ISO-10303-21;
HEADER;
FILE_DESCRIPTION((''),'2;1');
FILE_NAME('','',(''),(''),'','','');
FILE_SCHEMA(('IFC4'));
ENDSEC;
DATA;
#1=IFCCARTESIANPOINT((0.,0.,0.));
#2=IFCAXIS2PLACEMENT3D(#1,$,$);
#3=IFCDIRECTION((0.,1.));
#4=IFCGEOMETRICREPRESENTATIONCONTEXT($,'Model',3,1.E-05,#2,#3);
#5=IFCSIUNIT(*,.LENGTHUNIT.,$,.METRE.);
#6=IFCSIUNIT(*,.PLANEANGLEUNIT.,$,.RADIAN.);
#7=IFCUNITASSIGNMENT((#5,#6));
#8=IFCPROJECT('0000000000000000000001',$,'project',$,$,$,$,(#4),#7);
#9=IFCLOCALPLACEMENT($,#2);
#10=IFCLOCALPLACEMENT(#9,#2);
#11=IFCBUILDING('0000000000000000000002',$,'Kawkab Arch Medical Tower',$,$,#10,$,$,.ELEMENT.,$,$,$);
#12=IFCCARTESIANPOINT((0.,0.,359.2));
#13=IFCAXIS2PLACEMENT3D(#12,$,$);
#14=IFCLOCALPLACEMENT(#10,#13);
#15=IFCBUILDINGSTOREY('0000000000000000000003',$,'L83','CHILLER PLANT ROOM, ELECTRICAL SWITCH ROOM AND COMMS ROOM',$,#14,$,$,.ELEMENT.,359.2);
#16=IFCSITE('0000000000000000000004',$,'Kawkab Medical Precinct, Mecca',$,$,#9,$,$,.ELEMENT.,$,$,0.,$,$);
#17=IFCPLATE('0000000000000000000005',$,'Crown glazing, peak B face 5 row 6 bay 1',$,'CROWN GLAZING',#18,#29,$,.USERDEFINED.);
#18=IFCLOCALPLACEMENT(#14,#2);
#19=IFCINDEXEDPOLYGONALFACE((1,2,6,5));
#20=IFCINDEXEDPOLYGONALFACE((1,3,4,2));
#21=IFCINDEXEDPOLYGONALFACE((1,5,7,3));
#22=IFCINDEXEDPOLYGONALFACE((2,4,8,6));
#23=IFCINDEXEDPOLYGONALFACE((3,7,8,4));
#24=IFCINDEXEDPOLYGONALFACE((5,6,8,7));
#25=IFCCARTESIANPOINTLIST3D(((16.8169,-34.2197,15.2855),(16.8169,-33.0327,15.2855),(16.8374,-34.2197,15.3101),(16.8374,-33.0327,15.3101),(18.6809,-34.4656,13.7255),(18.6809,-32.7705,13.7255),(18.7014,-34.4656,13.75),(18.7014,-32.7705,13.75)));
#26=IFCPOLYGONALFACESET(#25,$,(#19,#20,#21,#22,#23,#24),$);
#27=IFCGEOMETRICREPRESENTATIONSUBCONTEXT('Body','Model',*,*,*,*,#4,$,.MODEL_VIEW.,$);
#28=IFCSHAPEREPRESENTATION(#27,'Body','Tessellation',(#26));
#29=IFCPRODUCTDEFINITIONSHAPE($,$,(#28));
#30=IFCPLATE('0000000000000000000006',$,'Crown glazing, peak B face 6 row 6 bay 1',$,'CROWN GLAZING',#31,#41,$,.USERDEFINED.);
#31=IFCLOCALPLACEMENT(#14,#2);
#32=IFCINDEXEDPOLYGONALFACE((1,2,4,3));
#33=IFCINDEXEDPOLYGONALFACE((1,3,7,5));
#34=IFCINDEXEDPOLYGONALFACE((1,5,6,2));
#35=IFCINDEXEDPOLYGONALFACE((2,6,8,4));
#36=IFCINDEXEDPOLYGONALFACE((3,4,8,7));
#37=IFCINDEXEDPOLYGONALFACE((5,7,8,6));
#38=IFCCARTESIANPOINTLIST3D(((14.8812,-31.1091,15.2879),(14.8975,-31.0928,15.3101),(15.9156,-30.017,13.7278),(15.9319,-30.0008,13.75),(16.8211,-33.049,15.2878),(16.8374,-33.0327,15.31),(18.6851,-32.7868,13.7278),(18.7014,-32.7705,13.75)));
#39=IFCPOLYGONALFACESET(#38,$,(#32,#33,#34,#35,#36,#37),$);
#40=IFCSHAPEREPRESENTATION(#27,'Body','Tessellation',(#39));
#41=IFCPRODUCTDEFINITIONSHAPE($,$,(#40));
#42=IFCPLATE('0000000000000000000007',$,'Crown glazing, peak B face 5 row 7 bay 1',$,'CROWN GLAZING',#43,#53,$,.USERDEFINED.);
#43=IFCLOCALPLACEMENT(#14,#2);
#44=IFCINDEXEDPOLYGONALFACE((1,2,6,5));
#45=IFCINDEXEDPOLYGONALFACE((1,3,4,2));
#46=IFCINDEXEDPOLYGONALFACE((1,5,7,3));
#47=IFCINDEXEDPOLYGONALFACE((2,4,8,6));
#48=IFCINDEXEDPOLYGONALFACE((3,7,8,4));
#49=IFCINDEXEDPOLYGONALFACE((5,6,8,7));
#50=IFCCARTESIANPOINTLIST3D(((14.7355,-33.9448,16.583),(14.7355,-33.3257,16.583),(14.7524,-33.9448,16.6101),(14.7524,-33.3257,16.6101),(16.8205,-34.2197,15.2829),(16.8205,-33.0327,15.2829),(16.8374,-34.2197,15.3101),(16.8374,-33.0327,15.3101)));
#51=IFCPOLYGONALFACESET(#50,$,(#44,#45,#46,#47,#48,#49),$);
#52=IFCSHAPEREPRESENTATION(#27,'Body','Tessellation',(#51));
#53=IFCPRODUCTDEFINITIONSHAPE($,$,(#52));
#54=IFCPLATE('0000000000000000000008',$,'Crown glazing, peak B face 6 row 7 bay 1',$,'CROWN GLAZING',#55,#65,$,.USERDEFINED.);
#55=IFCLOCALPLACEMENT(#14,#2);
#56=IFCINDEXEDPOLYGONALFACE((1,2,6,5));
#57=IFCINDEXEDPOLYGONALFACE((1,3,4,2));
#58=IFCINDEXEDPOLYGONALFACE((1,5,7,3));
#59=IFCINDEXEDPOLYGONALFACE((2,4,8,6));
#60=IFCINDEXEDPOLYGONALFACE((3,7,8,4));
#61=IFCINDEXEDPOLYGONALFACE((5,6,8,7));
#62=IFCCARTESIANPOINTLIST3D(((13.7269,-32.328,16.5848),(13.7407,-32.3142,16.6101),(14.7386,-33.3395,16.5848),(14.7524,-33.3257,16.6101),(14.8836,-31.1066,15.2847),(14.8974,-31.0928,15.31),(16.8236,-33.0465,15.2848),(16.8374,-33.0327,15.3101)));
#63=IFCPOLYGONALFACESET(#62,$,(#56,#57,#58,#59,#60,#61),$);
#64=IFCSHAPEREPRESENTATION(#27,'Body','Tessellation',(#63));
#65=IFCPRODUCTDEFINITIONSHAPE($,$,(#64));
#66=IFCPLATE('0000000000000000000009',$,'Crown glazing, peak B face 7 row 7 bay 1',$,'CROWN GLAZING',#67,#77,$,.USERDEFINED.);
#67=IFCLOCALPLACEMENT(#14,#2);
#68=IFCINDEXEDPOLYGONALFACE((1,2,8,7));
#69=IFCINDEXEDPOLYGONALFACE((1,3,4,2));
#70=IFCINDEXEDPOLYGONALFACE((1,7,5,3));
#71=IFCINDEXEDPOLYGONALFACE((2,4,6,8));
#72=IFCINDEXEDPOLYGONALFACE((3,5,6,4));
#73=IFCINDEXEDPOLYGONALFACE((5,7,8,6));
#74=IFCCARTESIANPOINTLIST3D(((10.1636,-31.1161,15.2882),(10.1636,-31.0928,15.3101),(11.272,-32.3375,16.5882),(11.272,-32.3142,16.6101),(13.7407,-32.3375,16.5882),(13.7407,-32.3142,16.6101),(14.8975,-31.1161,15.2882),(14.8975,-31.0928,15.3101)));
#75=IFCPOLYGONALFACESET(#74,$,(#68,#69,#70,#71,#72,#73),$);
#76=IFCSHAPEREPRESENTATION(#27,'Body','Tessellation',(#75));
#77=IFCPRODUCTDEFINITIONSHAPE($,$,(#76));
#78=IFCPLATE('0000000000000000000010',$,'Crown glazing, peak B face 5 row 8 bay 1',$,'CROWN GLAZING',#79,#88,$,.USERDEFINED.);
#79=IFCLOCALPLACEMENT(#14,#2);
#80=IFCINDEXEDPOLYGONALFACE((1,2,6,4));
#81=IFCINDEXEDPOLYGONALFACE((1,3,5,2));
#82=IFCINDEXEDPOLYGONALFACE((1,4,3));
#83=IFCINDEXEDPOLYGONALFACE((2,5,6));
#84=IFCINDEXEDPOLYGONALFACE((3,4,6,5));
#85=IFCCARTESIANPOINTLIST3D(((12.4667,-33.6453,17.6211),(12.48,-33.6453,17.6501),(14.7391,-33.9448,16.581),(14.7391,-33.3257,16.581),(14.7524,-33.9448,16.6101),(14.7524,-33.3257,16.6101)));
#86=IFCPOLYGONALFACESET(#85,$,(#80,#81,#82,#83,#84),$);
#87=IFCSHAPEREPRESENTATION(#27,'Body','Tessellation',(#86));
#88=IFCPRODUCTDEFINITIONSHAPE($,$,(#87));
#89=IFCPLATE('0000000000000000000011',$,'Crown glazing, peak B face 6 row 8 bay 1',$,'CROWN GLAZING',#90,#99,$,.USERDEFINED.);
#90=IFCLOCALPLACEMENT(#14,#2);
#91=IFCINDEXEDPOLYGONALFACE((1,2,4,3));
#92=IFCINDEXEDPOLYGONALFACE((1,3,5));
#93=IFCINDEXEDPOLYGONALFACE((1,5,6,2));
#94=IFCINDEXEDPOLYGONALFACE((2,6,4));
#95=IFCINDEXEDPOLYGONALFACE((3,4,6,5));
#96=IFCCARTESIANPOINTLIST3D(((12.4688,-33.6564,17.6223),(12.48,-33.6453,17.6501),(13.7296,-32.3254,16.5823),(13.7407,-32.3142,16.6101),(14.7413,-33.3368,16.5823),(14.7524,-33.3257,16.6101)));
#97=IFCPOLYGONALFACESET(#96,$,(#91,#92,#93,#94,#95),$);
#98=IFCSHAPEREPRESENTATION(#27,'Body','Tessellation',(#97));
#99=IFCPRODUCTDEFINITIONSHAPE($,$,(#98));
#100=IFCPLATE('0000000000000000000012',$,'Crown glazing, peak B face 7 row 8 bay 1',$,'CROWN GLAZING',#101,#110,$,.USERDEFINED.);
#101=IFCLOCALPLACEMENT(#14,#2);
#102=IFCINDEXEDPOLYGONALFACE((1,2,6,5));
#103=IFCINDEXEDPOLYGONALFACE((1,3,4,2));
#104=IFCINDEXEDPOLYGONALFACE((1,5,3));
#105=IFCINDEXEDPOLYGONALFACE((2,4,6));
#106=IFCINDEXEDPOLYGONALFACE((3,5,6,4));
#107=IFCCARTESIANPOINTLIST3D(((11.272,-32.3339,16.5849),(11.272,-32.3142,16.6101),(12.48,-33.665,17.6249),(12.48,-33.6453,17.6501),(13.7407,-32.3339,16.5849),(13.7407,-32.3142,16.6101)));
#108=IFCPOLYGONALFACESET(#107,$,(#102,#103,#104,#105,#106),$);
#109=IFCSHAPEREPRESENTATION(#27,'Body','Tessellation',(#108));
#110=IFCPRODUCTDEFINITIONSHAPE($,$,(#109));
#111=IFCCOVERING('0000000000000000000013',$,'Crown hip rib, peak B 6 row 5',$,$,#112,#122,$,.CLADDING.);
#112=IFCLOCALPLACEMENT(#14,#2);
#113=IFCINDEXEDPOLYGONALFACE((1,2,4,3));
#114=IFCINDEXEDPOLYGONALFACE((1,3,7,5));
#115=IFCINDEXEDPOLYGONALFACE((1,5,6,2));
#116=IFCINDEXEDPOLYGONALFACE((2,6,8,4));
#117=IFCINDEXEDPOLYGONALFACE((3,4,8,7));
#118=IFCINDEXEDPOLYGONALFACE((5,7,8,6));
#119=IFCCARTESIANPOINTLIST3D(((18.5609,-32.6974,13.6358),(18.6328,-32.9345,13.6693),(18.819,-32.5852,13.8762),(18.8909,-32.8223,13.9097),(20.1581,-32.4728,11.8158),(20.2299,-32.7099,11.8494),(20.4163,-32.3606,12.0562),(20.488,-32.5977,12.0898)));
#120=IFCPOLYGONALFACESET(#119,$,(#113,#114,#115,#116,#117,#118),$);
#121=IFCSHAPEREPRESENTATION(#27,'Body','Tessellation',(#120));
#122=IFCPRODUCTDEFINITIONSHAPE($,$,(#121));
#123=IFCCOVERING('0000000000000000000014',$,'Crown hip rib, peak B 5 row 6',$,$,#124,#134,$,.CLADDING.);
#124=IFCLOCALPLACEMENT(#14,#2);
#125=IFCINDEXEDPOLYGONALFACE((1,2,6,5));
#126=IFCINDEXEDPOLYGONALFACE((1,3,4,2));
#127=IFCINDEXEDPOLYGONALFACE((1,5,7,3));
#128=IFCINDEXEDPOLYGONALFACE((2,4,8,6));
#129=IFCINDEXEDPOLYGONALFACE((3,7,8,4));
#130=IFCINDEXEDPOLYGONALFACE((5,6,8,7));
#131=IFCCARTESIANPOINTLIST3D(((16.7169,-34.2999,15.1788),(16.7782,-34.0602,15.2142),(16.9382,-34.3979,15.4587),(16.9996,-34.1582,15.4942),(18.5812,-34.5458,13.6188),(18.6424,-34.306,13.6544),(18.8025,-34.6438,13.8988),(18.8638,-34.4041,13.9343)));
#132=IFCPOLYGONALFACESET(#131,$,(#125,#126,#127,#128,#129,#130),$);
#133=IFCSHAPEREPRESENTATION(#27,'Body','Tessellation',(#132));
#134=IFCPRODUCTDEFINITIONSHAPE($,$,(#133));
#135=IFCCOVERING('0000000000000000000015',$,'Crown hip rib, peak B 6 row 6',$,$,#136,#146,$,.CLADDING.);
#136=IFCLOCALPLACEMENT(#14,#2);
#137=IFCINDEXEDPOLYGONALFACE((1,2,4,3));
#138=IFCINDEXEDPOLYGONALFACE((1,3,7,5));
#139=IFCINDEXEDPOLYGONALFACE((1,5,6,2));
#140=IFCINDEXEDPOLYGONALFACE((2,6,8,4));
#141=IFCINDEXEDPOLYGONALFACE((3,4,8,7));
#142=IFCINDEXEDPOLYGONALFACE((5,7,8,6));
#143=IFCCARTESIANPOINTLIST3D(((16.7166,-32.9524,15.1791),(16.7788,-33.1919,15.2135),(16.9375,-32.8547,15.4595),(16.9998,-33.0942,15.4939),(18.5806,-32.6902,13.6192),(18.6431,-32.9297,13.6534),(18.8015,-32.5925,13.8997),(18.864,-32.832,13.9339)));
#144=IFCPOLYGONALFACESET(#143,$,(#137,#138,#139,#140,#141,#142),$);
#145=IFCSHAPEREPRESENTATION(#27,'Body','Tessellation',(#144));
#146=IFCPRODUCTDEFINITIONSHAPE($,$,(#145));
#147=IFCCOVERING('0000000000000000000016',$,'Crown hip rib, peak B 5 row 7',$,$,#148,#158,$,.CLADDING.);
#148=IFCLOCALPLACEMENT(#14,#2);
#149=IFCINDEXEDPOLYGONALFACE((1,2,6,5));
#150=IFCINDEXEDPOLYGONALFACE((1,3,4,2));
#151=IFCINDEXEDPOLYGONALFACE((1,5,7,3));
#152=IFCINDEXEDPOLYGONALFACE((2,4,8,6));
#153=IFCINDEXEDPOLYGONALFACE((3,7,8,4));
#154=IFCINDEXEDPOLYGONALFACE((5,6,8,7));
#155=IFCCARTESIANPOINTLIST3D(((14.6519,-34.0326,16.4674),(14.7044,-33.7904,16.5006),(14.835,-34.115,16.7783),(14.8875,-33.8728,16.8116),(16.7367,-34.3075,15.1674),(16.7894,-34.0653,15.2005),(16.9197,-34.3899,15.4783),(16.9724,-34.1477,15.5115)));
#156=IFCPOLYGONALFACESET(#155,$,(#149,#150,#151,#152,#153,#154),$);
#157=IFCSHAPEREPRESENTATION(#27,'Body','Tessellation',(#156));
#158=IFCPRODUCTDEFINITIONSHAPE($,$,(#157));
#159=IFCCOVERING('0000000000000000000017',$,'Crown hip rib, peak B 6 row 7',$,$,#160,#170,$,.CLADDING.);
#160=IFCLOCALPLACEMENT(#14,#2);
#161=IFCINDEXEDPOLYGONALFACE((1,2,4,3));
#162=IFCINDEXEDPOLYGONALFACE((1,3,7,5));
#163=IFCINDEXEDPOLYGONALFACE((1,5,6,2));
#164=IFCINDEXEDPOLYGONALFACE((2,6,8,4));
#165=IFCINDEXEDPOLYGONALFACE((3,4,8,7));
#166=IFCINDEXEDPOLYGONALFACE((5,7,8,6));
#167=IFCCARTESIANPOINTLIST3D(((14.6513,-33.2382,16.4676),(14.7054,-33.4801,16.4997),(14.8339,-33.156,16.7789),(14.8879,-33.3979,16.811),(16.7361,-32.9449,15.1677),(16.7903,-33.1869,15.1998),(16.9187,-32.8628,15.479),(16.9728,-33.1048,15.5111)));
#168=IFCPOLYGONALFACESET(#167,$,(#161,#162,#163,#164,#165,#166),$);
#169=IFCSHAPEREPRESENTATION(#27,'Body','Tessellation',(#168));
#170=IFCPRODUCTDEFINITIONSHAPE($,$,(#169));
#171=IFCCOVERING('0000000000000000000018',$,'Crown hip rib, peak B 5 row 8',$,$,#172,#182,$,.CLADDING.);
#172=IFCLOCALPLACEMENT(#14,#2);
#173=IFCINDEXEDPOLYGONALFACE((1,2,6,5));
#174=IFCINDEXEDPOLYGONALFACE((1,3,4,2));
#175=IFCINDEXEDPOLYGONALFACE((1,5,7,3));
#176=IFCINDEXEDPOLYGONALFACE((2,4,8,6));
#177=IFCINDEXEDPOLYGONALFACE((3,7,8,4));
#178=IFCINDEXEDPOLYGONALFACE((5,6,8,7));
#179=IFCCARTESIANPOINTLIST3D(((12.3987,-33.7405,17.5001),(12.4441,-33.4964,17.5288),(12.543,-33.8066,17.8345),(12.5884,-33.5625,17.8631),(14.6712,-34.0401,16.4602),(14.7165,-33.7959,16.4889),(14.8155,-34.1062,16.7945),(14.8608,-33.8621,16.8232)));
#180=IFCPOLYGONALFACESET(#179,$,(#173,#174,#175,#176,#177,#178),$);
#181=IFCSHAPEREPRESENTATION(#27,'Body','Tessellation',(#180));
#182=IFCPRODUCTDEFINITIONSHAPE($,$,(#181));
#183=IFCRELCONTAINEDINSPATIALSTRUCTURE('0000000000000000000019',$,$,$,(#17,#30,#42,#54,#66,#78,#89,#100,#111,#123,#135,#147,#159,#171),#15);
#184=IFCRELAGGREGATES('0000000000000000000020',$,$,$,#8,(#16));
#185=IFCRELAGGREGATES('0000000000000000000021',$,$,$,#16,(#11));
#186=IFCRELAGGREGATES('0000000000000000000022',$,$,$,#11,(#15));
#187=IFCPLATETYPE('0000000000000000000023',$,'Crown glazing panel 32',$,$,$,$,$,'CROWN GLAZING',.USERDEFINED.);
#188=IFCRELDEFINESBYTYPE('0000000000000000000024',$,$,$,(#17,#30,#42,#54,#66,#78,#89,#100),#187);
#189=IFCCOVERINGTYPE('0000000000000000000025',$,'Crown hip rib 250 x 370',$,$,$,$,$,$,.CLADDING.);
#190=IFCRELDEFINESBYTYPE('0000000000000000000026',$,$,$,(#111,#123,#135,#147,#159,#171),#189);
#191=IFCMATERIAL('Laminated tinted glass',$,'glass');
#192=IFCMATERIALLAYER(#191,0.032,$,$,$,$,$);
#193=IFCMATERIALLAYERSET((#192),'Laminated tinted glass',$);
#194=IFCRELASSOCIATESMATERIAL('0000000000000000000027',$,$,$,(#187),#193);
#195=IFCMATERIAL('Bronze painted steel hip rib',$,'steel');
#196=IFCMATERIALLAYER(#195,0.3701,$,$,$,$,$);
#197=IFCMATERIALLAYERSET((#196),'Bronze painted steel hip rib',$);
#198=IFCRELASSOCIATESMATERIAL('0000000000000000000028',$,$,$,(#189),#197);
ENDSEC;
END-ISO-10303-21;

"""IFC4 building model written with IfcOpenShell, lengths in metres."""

from ifc_helpers import new_model, si_unit, direction, frame, origin, place, context, subcontext, project, spatial, polyline, outline, extrude, material, layer, layer_set, type_object, element, save


model = new_model("IFC4")

# Units and contexts
model_context = context("Model", 3, precision=1e-05, world=origin(), true_north=direction((0.0, 1.0)))
body_context = subcontext(model_context, "Body", "Model", "MODEL_VIEW")
ifc_project = project(units=[si_unit("LENGTHUNIT", "METRE"), si_unit("PLANEANGLEUNIT", "RADIAN")], contexts=[model_context])

# Site, building, storey
site_placement = place(None, origin())
site = spatial("IfcSite", under=ifc_project, at=site_placement, Name="Kawkab Medical Precinct, Mecca", CompositionType="ELEMENT", RefElevation=0.0)
building_placement = place(site_placement, origin())
building = spatial("IfcBuilding", under=site, at=building_placement, Name="Kawkab Arch Medical Tower", CompositionType="ELEMENT")
storey_placement = place(building_placement, frame((0.0, 0.0, 359.2)))
storey = spatial("IfcBuildingStorey", under=building, at=storey_placement, Name="L83", Description="CHILLER PLANT ROOM, ELECTRICAL SWITCH ROOM AND COMMS ROOM", CompositionType="ELEMENT", Elevation=359.2)

# Plates
ifc_material_1 = material(Name="Laminated tinted glass", Category="glass")
ifc_layer_1 = layer(ifc_material_1, 0.032)
ifc_layer_set_1 = layer_set([ifc_layer_1], Name="Laminated tinted glass")
plate_type = type_object("IfcPlateType", Name="Crown glazing panel 32", ElementType="CROWN GLAZING", PredefinedType="USERDEFINED", material=ifc_layer_set_1)
plate_1_placement = place(storey_placement, frame((18.7014, -34.4656, 13.75), z_axis=(0.641813, 0.0, 0.766861), x_axis=(0.0, 1.0, 0.0)))
element("IfcPlate", 1, at=plate_1_placement, inside=storey, type_object=plate_type, Name="Crown glazing, peak B face 5 row 6 bay 1", ObjectType="CROWN GLAZING", PredefinedType="USERDEFINED", context=body_context, shape_type="SweptSolid", body=[
    extrude(outline(polyline([(0.0, 0.0), (1.6951, 0.0), (1.4329, 2.4307), (0.2458, 2.4307), (0.0, 0.0)])), origin(), (0.0, 0.0, -1.0), 0.032),
])
plate_2_placement = place(storey_placement, frame((18.7014, -32.7705, 13.75), z_axis=(0.509147, 0.50912, 0.69395), x_axis=(-0.707082, 0.707131, -0.000009)))
element("IfcPlate", 2, at=plate_2_placement, inside=storey, type_object=plate_type, Name="Crown glazing, peak B face 6 row 6 bay 1", ObjectType="CROWN GLAZING", PredefinedType="USERDEFINED", context=body_context, shape_type="SweptSolid", body=[
    extrude(outline(polyline([(0.0, 0.0), (3.9169, 0.0), (3.8761, 2.1667), (1.1326, 2.1666), (0.0, 0.0)])), origin(), (0.0, 0.0, -1.0), 0.032),
])
plate_3_placement = place(storey_placement, frame((16.8374, -34.2197, 15.3101), z_axis=(0.529105, 0.0, 0.848556), x_axis=(0.0, 1.0, 0.0)))
element("IfcPlate", 3, at=plate_3_placement, inside=storey, type_object=plate_type, Name="Crown glazing, peak B face 5 row 7 bay 1", ObjectType="CROWN GLAZING", PredefinedType="USERDEFINED", context=body_context, shape_type="SweptSolid", body=[
    extrude(outline(polyline([(0.0, 0.0), (1.187, 0.0), (0.894, 2.4571), (0.2749, 2.4571), (0.0, 0.0)])), origin(), (0.0, 0.0, -1.0), 0.032),
])
plate_4_placement = place(storey_placement, frame((16.8374, -33.0327, 15.3101), z_axis=(0.432486, 0.432522, 0.791126), x_axis=(-0.707118, 0.707096, -0.00002)))
element("IfcPlate", 4, at=plate_4_placement, inside=storey, type_object=plate_type, Name="Crown glazing, peak B face 6 row 7 bay 1", ObjectType="CROWN GLAZING", PredefinedType="USERDEFINED", context=body_context, shape_type="SweptSolid", body=[
    extrude(outline(polyline([(0.0, 0.0), (2.7435, 0.0), (2.6977, 2.1256), (1.2671, 2.1254), (0.0, 0.0)])), origin(), (0.0, 0.0, -1.0), 0.032),
])
plate_5_placement = place(storey_placement, frame((14.8975, -31.0928, 15.3101), z_axis=(0.0, 0.728798, 0.684728), x_axis=(-1.0, 0.0, 0.0)))
element("IfcPlate", 5, at=plate_5_placement, inside=storey, type_object=plate_type, Name="Crown glazing, peak B face 7 row 7 bay 1", ObjectType="CROWN GLAZING", PredefinedType="USERDEFINED", context=body_context, shape_type="SweptSolid", body=[
    extrude(outline(polyline([(0.0, 0.0), (4.7339, 0.0), (3.6255, 1.7838), (1.1567, 1.7838), (0.0, 0.0)])), origin(), (0.0, 0.0, -1.0), 0.032),
])
plate_6_placement = place(storey_placement, frame((14.7524, -33.9448, 16.6101), z_axis=(0.416157, 0.0, 0.909293), x_axis=(0.0, 1.0, 0.0)))
element("IfcPlate", 6, at=plate_6_placement, inside=storey, type_object=plate_type, Name="Crown glazing, peak B face 5 row 8 bay 1", ObjectType="CROWN GLAZING", PredefinedType="USERDEFINED", context=body_context, shape_type="SweptSolid", body=[
    extrude(outline(polyline([(0.0, 0.0), (0.6191, 0.0), (0.2996, 2.4992), (0.0, 0.0)])), origin(), (0.0, 0.0, -1.0), 0.032),
])
plate_7_placement = place(storey_placement, frame((14.7524, -33.3257, 16.6101), z_axis=(0.348956, 0.34904, 0.869713), x_axis=(-0.707192, 0.707021, 0.0)))
element("IfcPlate", 7, at=plate_7_placement, inside=storey, type_object=plate_type, Name="Crown glazing, peak B face 6 row 8 bay 1", ObjectType="CROWN GLAZING", PredefinedType="USERDEFINED", context=body_context, shape_type="SweptSolid", body=[
    extrude(outline(polyline([(0.0, 0.0), (1.4306, 0.0), (1.3811, 2.1072), (0.0, 0.0)])), origin(), (0.0, 0.0, -1.0), 0.032),
])
plate_8_placement = place(storey_placement, frame((13.7407, -32.3142, 16.6101), z_axis=(0.0, 0.6157, 0.787981), x_axis=(-1.0, 0.0, 0.0)))
element("IfcPlate", 8, at=plate_8_placement, inside=storey, type_object=plate_type, Name="Crown glazing, peak B face 7 row 8 bay 1", ObjectType="CROWN GLAZING", PredefinedType="USERDEFINED", context=body_context, shape_type="SweptSolid", body=[
    extrude(outline(polyline([(0.0, 0.0), (2.4688, 0.0), (1.2607, 1.6892), (0.0, 0.0)])), origin(), (0.0, 0.0, -1.0), 0.032),
])

# Coverings
ifc_material_2 = material(Name="Bronze painted steel hip rib", Category="steel")
ifc_layer_2 = layer(ifc_material_2, 0.3701)
ifc_layer_set_2 = layer_set([ifc_layer_2], Name="Bronze painted steel hip rib")
covering_type_1 = type_object("IfcCoveringType", Name="Crown hip rib 250 x 370", PredefinedType="CLADDING", material=ifc_layer_set_2)
covering_1_placement = place(storey_placement, frame((20.4163, -32.3606, 12.0562), z_axis=(0.697391, 0.303121, 0.649434), x_axis=(-0.656785, -0.09237, 0.748399)))
element("IfcCovering", 9, at=covering_1_placement, inside=storey, type_object=covering_type_1, Name="Crown hip rib, peak B 6 row 5", PredefinedType="CLADDING", context=body_context, shape_type="SweptSolid", body=[
    extrude(outline(polyline([(0.0, 0.0), (2.4319, 0.0), (2.4317, 0.2499), (0.0, 0.25), (0.0, 0.0)])), origin(), (0.0, 0.0, -1.0), 0.3701),
])
covering_2_placement = place(storey_placement, frame((18.8638, -34.4041, 13.9343), z_axis=(0.598015, -0.264931, 0.756432), x_axis=(-0.763036, 0.100619, 0.638476)))
element("IfcCovering", 10, at=covering_2_placement, inside=storey, type_object=covering_type_1, Name="Crown hip rib, peak B 5 row 6", PredefinedType="CLADDING", context=body_context, shape_type="SweptSolid", body=[
    extrude(outline(polyline([(0.0, 0.0), (2.4431, 0.0), (2.4432, 0.25), (-0.0001, 0.25), (0.0, 0.0)])), origin(), (0.0, 0.0, -1.0), 0.3701),
])
covering_3_placement = place(storey_placement, frame((18.8015, -32.5925, 13.8997), z_axis=(0.596888, 0.263971, 0.757657), x_axis=(-0.762482, -0.107255, 0.638058)))
element("IfcCovering", 11, at=covering_3_placement, inside=storey, type_object=covering_type_1, Name="Crown hip rib, peak B 6 row 6", PredefinedType="CLADDING", context=body_context, shape_type="SweptSolid", body=[
    extrude(outline(polyline([(0.0, 0.0), (2.4447, 0.0), (2.4448, 0.2498), (-0.0002, 0.2499), (0.0, 0.0)])), origin(), (0.0, 0.0, -1.0), 0.3701),
])
covering_4_placement = place(storey_placement, frame((16.9724, -34.1477, 15.5115), z_axis=(0.494546, -0.222617, 0.840158), x_axis=(-0.843282, 0.111183, 0.525845)))
element("IfcCovering", 12, at=covering_4_placement, inside=storey, type_object=covering_type_1, Name="Crown hip rib, peak B 5 row 7", PredefinedType="CLADDING", context=body_context, shape_type="SweptSolid", body=[
    extrude(outline(polyline([(0.0, 0.0), (2.4724, 0.0), (2.4723, 0.25), (0.0001, 0.2501), (0.0, 0.0)])), origin(), (0.0, 0.0, -1.0), 0.3701),
])
covering_5_placement = place(storey_placement, frame((16.9187, -32.8628, 15.479), z_axis=(0.493249, 0.221859, 0.841121), x_axis=(-0.842582, -0.118518, 0.525366)))
element("IfcCovering", 13, at=covering_5_placement, inside=storey, type_object=covering_type_1, Name="Crown hip rib, peak B 6 row 7", PredefinedType="CLADDING", context=body_context, shape_type="SweptSolid", body=[
    extrude(outline(polyline([(0.0, 0.0), (2.4743, 0.0), (2.4743, 0.2499), (-0.0001, 0.25), (0.0, 0.0)])), origin(), (0.0, 0.0, -1.0), 0.3701),
])
covering_6_placement = place(storey_placement, frame((14.8608, -33.8621, 16.8232), z_axis=(0.389851, -0.17866, 0.903381), x_axis=(-0.902849, 0.11901, 0.413158)))
element("IfcCovering", 14, at=covering_6_placement, inside=storey, type_object=covering_type_1, Name="Crown hip rib, peak B 5 row 8", PredefinedType="CLADDING", context=body_context, shape_type="SweptSolid", body=[
    extrude(outline(polyline([(0.0, 0.0), (2.5169, 0.0), (2.5171, 0.25), (0.0, 0.25), (0.0, 0.0)])), origin(), (0.0, 0.0, -1.0), 0.3701),
])

save(model, "model.ifc")
